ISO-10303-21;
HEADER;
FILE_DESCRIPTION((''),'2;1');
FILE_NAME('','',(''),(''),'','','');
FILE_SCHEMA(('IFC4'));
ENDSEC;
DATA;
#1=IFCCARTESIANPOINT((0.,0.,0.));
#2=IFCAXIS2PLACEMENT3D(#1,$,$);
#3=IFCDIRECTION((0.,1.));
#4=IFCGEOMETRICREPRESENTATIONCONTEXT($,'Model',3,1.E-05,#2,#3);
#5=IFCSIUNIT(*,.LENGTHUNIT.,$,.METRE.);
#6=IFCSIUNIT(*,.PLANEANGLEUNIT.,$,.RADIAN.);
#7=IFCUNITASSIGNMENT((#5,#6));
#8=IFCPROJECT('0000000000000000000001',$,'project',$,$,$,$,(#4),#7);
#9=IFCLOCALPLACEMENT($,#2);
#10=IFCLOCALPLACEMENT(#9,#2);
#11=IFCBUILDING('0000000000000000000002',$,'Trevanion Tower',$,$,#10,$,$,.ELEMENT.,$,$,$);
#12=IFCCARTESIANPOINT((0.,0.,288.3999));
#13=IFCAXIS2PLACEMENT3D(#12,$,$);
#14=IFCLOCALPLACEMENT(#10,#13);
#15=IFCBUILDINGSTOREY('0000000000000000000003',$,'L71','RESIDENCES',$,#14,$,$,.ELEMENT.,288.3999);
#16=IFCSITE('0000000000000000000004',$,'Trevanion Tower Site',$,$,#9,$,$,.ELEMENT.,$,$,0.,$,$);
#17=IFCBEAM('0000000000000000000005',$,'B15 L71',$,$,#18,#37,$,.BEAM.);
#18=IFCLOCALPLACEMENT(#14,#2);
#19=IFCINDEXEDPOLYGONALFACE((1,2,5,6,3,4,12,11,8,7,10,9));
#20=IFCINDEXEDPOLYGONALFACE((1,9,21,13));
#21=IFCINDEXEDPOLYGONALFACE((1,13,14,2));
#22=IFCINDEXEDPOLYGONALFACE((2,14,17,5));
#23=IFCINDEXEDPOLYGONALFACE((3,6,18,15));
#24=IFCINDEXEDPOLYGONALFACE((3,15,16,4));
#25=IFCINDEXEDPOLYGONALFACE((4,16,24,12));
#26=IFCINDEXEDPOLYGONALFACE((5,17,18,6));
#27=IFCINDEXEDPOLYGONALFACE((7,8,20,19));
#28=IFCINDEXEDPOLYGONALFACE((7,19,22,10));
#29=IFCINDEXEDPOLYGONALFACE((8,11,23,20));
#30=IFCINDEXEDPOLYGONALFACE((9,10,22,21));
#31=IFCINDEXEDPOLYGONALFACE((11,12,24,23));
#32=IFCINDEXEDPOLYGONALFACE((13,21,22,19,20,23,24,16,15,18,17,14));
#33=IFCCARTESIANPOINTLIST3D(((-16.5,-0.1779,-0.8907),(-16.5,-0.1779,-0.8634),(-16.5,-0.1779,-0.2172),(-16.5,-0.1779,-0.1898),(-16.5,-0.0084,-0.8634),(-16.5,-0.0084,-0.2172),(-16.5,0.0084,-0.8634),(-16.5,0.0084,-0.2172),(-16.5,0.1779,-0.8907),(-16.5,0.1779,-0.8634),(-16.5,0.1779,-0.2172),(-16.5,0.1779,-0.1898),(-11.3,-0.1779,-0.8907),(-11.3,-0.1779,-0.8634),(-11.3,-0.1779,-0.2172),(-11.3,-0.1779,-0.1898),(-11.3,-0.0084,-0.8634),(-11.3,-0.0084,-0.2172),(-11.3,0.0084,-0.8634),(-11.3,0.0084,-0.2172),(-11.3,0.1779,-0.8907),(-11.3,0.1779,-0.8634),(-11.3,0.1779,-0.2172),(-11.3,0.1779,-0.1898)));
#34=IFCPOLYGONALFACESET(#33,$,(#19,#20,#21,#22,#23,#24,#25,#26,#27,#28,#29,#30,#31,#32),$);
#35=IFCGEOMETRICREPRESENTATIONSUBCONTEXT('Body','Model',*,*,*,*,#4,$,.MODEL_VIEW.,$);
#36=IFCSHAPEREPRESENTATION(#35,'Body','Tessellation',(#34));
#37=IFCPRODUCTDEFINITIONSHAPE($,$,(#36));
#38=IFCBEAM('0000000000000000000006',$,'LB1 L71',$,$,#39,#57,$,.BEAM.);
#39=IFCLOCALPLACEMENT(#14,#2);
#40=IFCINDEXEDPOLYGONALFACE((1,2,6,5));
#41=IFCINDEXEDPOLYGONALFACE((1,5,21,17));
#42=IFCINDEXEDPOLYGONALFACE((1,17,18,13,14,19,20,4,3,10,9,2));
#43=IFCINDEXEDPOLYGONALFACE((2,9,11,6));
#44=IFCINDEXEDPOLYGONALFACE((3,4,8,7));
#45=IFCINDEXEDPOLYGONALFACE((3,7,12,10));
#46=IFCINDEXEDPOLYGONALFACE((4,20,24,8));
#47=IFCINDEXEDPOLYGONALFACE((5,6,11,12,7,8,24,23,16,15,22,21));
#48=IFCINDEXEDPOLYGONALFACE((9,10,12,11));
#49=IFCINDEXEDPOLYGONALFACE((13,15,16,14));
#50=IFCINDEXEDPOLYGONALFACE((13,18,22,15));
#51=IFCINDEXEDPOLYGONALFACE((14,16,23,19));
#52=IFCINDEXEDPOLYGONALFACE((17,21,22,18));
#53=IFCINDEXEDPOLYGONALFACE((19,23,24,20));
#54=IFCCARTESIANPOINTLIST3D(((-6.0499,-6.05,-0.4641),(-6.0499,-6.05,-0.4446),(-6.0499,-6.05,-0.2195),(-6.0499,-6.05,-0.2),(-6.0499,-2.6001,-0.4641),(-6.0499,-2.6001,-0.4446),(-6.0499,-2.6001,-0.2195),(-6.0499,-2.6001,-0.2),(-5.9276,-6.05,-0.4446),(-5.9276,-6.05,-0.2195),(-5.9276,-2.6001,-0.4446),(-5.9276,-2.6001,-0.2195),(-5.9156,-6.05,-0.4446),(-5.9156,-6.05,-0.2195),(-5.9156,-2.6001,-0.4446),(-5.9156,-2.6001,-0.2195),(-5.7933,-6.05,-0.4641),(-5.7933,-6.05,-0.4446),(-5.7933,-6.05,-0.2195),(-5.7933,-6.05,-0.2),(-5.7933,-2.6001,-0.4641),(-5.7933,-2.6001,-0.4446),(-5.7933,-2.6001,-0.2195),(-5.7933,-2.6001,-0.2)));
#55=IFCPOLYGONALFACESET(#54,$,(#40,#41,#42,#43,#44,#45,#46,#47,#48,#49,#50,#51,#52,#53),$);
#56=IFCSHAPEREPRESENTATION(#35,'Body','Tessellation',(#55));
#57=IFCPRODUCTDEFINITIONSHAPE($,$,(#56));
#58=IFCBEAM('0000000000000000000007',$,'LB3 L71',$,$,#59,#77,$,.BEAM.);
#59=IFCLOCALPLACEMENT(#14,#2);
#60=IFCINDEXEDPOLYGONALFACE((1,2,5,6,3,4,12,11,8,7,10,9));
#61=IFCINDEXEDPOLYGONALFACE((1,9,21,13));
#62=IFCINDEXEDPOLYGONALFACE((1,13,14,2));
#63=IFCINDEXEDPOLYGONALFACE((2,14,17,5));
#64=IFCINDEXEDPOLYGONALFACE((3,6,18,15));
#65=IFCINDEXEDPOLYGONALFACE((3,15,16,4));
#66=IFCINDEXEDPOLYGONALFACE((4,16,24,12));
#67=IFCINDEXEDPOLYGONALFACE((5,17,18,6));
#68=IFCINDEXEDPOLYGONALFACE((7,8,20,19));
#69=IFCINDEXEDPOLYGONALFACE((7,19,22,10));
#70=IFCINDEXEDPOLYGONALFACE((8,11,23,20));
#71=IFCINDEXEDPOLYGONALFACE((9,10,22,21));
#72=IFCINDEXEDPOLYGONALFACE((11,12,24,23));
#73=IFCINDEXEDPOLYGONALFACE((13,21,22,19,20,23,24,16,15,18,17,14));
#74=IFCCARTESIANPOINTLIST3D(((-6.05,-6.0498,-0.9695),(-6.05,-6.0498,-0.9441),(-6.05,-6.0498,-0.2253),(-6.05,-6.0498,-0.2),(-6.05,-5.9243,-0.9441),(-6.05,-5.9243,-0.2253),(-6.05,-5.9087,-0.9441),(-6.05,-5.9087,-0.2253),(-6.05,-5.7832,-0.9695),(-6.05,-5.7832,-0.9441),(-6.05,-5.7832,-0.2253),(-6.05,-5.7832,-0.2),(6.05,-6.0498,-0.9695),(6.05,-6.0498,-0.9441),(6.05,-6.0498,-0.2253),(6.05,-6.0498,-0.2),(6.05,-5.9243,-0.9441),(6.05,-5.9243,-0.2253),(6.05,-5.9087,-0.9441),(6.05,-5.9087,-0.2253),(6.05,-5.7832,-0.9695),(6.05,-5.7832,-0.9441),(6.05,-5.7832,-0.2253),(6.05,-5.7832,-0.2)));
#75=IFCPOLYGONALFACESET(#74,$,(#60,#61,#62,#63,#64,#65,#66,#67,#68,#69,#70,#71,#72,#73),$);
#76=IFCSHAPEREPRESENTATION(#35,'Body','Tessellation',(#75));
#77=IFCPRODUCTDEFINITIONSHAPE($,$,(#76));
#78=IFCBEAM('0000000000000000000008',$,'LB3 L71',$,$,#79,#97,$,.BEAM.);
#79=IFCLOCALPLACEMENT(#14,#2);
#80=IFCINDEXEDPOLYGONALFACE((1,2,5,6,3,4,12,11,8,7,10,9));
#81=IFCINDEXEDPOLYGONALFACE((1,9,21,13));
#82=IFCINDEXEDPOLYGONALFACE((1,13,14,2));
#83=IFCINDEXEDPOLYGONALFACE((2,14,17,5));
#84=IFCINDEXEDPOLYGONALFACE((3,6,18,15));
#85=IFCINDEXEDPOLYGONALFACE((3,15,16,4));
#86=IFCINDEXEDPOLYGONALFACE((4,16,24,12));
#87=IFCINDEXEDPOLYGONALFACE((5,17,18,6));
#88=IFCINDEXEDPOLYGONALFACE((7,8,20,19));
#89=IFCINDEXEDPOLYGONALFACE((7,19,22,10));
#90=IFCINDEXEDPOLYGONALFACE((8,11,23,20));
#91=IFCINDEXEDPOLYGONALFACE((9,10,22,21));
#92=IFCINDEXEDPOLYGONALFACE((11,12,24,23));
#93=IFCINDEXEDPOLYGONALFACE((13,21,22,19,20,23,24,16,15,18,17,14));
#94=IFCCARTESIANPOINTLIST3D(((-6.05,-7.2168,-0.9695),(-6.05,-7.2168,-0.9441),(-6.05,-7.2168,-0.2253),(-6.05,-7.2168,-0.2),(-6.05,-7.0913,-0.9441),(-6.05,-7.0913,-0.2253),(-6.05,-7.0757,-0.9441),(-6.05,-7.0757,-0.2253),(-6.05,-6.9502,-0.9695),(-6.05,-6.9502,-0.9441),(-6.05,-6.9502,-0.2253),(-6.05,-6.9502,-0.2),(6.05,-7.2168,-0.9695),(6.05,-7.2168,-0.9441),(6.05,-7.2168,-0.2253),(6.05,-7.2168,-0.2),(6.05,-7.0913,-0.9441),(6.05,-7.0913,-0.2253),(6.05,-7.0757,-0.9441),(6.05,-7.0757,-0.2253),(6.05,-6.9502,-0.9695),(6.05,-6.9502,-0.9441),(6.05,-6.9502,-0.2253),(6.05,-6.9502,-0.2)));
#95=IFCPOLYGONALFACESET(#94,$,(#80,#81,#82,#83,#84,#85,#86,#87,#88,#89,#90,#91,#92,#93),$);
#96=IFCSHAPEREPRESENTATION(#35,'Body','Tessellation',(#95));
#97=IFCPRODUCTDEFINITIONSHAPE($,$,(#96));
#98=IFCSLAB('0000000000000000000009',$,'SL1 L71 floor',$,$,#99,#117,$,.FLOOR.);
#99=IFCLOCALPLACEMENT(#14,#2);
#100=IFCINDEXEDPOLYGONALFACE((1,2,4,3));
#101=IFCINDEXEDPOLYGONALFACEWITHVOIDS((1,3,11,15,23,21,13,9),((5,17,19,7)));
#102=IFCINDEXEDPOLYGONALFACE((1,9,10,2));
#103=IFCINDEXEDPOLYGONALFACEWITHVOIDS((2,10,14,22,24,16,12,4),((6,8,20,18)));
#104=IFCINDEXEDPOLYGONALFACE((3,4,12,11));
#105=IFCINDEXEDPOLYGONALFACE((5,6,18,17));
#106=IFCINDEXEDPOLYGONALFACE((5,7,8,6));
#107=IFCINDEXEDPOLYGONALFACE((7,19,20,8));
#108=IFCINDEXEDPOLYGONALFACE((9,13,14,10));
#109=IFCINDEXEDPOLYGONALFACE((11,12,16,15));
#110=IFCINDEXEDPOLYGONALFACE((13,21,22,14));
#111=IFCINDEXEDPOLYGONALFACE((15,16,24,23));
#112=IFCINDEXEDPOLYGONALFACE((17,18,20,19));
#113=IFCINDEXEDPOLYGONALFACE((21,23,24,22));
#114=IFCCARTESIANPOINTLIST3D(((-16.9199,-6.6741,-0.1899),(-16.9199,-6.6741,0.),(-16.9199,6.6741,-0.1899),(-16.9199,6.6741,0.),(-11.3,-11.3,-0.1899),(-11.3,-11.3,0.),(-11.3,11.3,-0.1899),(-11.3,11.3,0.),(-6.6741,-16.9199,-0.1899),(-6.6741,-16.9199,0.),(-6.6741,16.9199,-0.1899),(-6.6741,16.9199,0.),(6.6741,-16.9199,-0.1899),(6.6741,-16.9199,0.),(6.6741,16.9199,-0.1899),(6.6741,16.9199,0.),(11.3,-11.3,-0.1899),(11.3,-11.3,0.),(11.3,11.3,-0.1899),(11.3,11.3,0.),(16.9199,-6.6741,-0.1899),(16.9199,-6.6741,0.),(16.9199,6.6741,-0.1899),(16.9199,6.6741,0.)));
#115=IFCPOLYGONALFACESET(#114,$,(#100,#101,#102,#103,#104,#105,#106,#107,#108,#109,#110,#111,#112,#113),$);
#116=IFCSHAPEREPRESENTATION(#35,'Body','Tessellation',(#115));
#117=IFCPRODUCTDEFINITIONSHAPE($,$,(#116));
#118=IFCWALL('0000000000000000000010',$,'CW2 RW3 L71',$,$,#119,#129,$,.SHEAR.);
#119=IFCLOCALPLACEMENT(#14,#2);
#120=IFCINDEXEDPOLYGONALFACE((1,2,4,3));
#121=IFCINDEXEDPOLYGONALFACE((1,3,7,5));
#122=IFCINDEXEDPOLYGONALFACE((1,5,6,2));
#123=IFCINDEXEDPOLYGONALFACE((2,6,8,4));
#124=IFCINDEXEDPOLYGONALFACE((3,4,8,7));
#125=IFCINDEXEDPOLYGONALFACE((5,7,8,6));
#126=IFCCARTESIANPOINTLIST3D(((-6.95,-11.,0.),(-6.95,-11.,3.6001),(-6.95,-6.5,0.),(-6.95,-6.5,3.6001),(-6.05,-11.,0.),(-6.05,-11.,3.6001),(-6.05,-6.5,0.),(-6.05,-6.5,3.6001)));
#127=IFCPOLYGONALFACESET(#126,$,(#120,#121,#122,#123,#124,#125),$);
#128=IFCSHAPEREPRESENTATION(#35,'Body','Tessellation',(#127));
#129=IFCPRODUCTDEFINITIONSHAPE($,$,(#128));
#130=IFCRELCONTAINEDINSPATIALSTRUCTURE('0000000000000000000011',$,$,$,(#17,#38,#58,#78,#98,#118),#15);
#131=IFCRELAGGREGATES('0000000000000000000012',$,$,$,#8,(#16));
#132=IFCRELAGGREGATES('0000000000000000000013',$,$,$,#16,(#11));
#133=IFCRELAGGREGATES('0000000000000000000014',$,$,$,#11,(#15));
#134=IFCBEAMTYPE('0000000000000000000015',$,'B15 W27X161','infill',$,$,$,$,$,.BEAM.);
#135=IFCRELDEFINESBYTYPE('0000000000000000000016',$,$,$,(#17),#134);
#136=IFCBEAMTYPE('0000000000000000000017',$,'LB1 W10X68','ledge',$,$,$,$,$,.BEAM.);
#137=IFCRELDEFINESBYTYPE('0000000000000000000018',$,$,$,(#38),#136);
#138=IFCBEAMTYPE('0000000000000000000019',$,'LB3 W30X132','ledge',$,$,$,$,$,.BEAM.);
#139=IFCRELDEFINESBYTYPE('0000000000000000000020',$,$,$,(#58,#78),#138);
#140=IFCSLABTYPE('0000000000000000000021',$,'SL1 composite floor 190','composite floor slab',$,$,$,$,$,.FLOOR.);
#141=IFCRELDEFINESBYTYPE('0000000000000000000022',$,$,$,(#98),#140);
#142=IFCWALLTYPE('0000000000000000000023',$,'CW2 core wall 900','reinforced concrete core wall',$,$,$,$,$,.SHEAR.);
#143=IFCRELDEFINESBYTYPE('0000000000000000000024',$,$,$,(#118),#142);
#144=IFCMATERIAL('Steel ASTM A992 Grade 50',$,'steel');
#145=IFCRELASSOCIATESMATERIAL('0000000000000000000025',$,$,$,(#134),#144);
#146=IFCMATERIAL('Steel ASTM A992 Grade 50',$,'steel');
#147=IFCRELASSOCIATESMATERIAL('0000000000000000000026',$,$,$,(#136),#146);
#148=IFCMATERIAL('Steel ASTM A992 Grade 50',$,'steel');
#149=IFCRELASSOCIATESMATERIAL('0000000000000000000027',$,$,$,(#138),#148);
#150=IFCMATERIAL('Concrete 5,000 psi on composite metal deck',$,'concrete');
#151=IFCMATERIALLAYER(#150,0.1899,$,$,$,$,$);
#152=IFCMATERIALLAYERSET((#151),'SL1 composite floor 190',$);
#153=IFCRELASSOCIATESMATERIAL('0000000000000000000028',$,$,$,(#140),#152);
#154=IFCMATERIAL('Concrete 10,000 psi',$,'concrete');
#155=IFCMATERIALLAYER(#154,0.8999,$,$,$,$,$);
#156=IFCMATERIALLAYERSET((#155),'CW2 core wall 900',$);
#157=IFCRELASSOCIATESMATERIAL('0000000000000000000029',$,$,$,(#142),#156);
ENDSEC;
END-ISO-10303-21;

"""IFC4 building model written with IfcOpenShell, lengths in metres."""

from ifc_helpers import new_model, si_unit, direction, frame, frame_2d, origin, origin_2d, place, context, subcontext, project, spatial, polyline, rectangle, i_section, outline, extrude, material, layer, layer_set, material_profile, profile_set, type_object, element, save


model = new_model("IFC4")

# Units and contexts
model_context = context("Model", 3, precision=1e-05, world=origin(), true_north=direction((0.0, 1.0)))
body_context = subcontext(model_context, "Body", "Model", "MODEL_VIEW")
ifc_project = project(units=[si_unit("LENGTHUNIT", "METRE"), si_unit("PLANEANGLEUNIT", "RADIAN")], contexts=[model_context])

# Site, building, storey
site_placement = place(None, origin())
site = spatial("IfcSite", under=ifc_project, at=site_placement, Name="Trevanion Tower Site", CompositionType="ELEMENT", RefElevation=0.0)
building_placement = place(site_placement, origin())
building = spatial("IfcBuilding", under=site, at=building_placement, Name="Trevanion Tower", CompositionType="ELEMENT")
storey_placement = place(building_placement, frame((0.0, 0.0, 288.3999)))
storey = spatial("IfcBuildingStorey", under=building, at=storey_placement, Name="L71", Description="RESIDENCES", CompositionType="ELEMENT", Elevation=288.3999)

# Beams
ifc_material_1 = material(Name="Steel ASTM A992 Grade 50", Category="steel")
ifc_material_profile_1 = material_profile(ifc_material_1, i_section(OverallWidth=0.3557, OverallDepth=0.7009, WebThickness=0.0168, FlangeThickness=0.0273, at=origin_2d()), Name="W27X161")
ifc_profile_set_1 = profile_set([ifc_material_profile_1], Name="Steel ASTM A992 Grade 50")
beam_type_1 = type_object("IfcBeamType", Name="B15 W27X161", Description="infill", PredefinedType="BEAM", material=ifc_profile_set_1)
beam_1_placement = place(storey_placement, frame((-11.3, 0.0, -0.5403), z_axis=(-1.0, 0.0, 0.0), x_axis=(0.0, -1.0, 0.0)))
element("IfcBeam", 1, at=beam_1_placement, inside=storey, type_object=beam_type_1, Name="B15 L71", PredefinedType="BEAM", context=body_context, shape_type="SweptSolid", body=[
    extrude(i_section(OverallWidth=0.3557, OverallDepth=0.7009, WebThickness=0.0168, FlangeThickness=0.0273, at=origin_2d()), origin(), (0.0, 0.0, 1.0), 5.2),
])
ifc_material_2 = material(Name="Steel ASTM A992 Grade 50", Category="steel")
ifc_material_profile_2 = material_profile(ifc_material_2, i_section(OverallWidth=0.2566, OverallDepth=0.2642, WebThickness=0.012, FlangeThickness=0.0195, at=origin_2d()), Name="W10X68")
ifc_profile_set_2 = profile_set([ifc_material_profile_2], Name="Steel ASTM A992 Grade 50")
beam_type_2 = type_object("IfcBeamType", Name="LB1 W10X68", Description="ledge", PredefinedType="BEAM", material=ifc_profile_set_2)
beam_2_placement = place(storey_placement, frame((-5.9216, -6.05, -0.332), z_axis=(0.0, 1.0, 0.0), x_axis=(-1.0, 0.0, 0.0)))
element("IfcBeam", 2, at=beam_2_placement, inside=storey, type_object=beam_type_2, Name="LB1 L71", PredefinedType="BEAM", context=body_context, shape_type="SweptSolid", body=[
    extrude(i_section(OverallWidth=0.2566, OverallDepth=0.2642, WebThickness=0.012, FlangeThickness=0.0195, at=origin_2d()), origin(), (0.0, 0.0, 1.0), 3.45),
])
ifc_material_3 = material(Name="Steel ASTM A992 Grade 50", Category="steel")
ifc_material_profile_3 = material_profile(ifc_material_3, i_section(OverallWidth=0.2666, OverallDepth=0.7695, WebThickness=0.0156, FlangeThickness=0.0254, at=origin_2d()), Name="W30X132")
ifc_profile_set_3 = profile_set([ifc_material_profile_3], Name="Steel ASTM A992 Grade 50")
beam_type_3 = type_object("IfcBeamType", Name="LB3 W30X132", Description="ledge", PredefinedType="BEAM", material=ifc_profile_set_3)
for number, where, z_axis, x_axis, name in (
    (3, (-6.05, -5.9165, -0.5847), (1.0, 0.0, 0.0), (0.0, 1.0, 0.0), "LB3 L71"),
    (4, (-6.05, -7.0835, -0.5847), (1.0, 0.0, 0.0), (0.0, 1.0, 0.0), "LB3 L71"),
):
    element("IfcBeam", number, at=place(storey_placement, frame(where, z_axis=z_axis, x_axis=x_axis)), inside=storey, type_object=beam_type_3, Name=name, PredefinedType="BEAM", context=body_context, shape_type="SweptSolid", body=[
        extrude(i_section(OverallWidth=0.2666, OverallDepth=0.7695, WebThickness=0.0156, FlangeThickness=0.0254, at=origin_2d()), origin(), (0.0, 0.0, 1.0), 12.1001),
    ])

# Slab
ifc_material_4 = material(Name="Concrete 5,000 psi on composite metal deck", Category="concrete")
ifc_layer_1 = layer(ifc_material_4, 0.1899)
ifc_layer_set_1 = layer_set([ifc_layer_1], Name="SL1 composite floor 190")
slab_type = type_object("IfcSlabType", Name="SL1 composite floor 190", Description="composite floor slab", PredefinedType="FLOOR", material=ifc_layer_set_1)
slab_placement = place(storey_placement, frame((0.0, 0.0, -0.1899)))
element("IfcSlab", 5, at=slab_placement, inside=storey, type_object=slab_type, Name="SL1 L71 floor", PredefinedType="FLOOR", context=body_context, shape_type="SweptSolid", body=[
    extrude(outline(polyline([(16.9199, -6.6741), (16.9199, 6.6741), (6.6741, 16.9199), (-6.6741, 16.9199), (-16.9199, 6.6741), (-16.9199, -6.6741), (-6.6741, -16.9199), (6.6741, -16.9199), (16.9199, -6.6741)]), holes=[polyline([(11.3, -11.3), (11.3, 11.3), (-11.3, 11.3), (-11.3, -11.3), (11.3, -11.3)])]), origin(), (0.0, 0.0, 1.0), 0.1899),
])

# Wall
ifc_material_5 = material(Name="Concrete 10,000 psi", Category="concrete")
ifc_layer_2 = layer(ifc_material_5, 0.8999)
ifc_layer_set_2 = layer_set([ifc_layer_2], Name="CW2 core wall 900")
wall_type_1 = type_object("IfcWallType", Name="CW2 core wall 900", Description="reinforced concrete core wall", PredefinedType="SHEAR", material=ifc_layer_set_2)
wall_1_placement = place(storey_placement, frame((-6.5, -6.5, 0.0), z_axis=(0.0, 0.0, 1.0), x_axis=(0.0, -1.0, 0.0)))
element("IfcWall", 6, at=wall_1_placement, inside=storey, type_object=wall_type_1, Name="CW2 RW3 L71", PredefinedType="SHEAR", context=body_context, shape_type="SweptSolid", body=[
    extrude(rectangle(XDim=4.5, YDim=0.8999, at=frame_2d((2.25, 0.0))), origin(), (0.0, 0.0, 1.0), 3.6001),
])

save(model, "model.ifc")
